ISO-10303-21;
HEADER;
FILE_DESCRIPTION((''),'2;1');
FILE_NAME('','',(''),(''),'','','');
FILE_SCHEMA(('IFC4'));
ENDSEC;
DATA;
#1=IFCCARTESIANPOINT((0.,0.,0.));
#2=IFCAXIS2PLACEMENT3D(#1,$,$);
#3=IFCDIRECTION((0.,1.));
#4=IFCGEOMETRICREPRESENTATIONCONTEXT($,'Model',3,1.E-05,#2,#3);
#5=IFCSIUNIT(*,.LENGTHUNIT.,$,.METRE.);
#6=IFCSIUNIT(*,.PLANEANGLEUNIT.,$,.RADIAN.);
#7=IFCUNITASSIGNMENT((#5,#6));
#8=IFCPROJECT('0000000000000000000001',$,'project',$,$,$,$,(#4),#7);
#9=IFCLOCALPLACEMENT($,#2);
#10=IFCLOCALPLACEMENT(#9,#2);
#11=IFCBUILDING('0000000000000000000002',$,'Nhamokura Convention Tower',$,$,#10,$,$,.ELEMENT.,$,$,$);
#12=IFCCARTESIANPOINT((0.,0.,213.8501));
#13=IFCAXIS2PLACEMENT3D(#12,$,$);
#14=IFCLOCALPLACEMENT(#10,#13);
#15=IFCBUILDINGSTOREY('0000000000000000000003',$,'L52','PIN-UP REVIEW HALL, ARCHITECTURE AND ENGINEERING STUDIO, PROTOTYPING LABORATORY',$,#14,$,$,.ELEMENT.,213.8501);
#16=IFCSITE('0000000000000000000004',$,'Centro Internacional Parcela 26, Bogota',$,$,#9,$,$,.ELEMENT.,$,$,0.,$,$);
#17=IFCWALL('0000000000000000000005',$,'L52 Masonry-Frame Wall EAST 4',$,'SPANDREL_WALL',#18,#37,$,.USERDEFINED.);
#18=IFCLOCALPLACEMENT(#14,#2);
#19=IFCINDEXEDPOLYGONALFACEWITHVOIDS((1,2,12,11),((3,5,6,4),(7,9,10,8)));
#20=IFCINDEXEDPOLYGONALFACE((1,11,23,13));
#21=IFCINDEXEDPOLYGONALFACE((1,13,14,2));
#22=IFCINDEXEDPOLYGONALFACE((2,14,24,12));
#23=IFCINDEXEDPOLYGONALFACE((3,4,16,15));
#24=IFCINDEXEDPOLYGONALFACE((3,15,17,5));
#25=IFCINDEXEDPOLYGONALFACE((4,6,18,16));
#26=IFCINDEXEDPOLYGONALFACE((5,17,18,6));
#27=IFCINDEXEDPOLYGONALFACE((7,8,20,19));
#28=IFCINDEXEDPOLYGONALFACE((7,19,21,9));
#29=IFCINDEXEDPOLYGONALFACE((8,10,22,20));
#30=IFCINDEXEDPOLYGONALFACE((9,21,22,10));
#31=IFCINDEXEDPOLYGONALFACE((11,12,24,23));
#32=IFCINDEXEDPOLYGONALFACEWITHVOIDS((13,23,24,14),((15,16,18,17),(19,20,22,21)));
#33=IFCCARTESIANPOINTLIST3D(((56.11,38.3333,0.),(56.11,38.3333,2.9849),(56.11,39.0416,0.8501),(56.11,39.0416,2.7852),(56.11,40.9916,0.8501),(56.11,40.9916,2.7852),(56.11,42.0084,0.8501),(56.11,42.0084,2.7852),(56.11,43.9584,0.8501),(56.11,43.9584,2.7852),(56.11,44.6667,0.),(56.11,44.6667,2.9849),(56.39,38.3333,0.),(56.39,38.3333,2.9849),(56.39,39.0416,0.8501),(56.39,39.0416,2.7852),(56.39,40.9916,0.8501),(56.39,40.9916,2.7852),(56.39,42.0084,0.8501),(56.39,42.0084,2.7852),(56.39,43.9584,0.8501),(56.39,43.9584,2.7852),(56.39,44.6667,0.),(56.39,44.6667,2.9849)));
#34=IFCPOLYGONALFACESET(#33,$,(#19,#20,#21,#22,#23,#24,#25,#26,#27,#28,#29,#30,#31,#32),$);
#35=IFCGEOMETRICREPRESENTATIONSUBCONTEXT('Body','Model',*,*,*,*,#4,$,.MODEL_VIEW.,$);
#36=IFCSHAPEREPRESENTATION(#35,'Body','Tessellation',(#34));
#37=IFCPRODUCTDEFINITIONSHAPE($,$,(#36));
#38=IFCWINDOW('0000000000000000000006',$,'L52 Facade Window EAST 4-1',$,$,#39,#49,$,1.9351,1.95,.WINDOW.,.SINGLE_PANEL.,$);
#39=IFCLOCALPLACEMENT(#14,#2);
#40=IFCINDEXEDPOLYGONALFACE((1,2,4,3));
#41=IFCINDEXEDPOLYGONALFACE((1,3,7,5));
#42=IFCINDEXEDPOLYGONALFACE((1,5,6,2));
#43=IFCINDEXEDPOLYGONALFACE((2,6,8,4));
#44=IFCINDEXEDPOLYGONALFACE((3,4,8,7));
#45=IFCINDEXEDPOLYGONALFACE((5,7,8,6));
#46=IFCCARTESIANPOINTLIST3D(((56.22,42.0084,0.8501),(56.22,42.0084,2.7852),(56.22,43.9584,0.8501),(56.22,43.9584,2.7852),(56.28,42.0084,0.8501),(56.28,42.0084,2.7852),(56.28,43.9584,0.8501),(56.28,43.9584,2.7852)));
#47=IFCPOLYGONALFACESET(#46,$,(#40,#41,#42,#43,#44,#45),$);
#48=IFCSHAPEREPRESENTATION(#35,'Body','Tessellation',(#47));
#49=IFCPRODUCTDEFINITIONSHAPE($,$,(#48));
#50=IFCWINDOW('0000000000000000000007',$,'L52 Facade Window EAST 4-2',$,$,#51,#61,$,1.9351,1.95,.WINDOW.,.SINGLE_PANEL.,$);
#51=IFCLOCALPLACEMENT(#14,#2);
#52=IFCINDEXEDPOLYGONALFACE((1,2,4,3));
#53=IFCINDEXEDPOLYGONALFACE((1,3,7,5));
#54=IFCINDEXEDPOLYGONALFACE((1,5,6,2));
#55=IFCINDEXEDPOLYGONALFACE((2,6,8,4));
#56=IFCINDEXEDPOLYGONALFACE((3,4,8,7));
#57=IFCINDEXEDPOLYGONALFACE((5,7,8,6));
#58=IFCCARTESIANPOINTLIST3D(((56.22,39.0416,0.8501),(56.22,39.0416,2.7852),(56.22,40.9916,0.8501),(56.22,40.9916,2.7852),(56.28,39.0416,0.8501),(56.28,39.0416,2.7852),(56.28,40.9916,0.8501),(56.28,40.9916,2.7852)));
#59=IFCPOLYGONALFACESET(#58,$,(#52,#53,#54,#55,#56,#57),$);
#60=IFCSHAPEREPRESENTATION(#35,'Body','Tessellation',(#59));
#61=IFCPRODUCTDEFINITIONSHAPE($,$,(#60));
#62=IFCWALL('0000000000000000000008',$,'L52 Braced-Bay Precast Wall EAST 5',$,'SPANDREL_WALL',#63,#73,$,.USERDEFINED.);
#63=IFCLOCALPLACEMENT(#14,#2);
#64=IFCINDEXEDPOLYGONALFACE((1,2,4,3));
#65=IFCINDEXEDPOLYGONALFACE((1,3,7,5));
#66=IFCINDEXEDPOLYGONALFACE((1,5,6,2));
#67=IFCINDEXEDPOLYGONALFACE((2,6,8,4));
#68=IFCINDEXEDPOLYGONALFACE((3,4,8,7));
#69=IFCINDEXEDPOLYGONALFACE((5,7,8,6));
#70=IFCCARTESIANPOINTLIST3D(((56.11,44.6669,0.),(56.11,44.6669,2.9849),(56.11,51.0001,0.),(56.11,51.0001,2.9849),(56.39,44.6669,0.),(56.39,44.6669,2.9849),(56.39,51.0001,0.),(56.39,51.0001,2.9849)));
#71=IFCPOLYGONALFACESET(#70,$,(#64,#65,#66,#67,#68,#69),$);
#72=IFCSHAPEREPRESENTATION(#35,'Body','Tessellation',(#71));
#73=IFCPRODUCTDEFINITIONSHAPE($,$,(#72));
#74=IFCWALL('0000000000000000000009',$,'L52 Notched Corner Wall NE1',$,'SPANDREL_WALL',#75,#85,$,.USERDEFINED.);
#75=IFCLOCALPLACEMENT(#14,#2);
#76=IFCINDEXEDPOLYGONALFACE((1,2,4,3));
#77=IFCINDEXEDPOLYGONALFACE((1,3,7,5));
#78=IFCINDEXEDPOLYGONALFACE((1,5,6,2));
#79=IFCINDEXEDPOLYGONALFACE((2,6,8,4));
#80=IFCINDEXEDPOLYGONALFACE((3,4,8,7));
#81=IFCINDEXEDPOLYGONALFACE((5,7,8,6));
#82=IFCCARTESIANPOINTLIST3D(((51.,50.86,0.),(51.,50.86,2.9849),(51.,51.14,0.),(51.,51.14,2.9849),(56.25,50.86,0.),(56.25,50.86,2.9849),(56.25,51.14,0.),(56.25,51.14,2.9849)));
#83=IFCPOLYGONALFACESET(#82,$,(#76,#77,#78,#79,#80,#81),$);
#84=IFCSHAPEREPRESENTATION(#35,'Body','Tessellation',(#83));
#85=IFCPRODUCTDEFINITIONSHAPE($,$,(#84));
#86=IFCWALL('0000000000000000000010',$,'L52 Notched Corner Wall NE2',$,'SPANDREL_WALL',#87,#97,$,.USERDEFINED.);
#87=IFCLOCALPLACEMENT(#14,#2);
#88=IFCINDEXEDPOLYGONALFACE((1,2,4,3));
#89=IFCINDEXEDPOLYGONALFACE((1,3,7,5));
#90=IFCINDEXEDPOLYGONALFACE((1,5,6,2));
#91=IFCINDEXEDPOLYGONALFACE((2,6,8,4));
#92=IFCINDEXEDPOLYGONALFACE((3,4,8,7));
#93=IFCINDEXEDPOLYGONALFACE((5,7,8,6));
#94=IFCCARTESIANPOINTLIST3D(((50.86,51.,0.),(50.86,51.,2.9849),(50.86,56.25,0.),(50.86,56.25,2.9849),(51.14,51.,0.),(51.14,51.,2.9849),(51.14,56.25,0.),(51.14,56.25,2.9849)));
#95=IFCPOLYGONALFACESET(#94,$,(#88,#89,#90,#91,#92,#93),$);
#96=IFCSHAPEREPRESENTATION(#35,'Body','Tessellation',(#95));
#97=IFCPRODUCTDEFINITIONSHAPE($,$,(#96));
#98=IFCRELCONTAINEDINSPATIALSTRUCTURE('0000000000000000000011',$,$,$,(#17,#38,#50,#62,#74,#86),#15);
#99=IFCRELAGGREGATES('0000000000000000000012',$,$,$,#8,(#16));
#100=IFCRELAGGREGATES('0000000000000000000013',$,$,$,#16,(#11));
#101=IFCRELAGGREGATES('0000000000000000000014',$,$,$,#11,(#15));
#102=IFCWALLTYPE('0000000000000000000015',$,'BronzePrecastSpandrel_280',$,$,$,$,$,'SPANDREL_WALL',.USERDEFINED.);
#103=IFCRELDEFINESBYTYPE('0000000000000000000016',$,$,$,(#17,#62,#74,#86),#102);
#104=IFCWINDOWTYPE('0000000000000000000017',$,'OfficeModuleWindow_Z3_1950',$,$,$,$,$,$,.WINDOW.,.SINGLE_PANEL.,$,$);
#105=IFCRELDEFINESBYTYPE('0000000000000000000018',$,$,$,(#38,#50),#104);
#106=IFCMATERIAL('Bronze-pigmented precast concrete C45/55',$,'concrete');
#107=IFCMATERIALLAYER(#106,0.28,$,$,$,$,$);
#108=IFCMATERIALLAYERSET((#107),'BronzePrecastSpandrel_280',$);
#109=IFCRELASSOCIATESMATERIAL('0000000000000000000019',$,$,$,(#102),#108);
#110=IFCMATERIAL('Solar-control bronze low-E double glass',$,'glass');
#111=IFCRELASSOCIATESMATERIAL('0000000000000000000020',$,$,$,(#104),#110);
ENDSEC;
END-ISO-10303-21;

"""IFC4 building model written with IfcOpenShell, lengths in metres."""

from ifc_helpers import new_model, si_unit, direction, frame, frame_2d, origin, place, context, subcontext, project, spatial, rectangle, extrude, material, layer, layer_set, type_object, element, fill, save


model = new_model("IFC4")

# Units and contexts
model_context = context("Model", 3, precision=1e-05, world=origin(), true_north=direction((0.0, 1.0)))
body_context = subcontext(model_context, "Body", "Model", "MODEL_VIEW")
ifc_project = project(units=[si_unit("LENGTHUNIT", "METRE"), si_unit("PLANEANGLEUNIT", "RADIAN")], contexts=[model_context])

# Site, building, storey
site_placement = place(None, origin())
site = spatial("IfcSite", under=ifc_project, at=site_placement, Name="Centro Internacional Parcela 26, Bogota", CompositionType="ELEMENT", RefElevation=0.0)
building_placement = place(site_placement, origin())
building = spatial("IfcBuilding", under=site, at=building_placement, Name="Nhamokura Convention Tower", CompositionType="ELEMENT")
storey_placement = place(building_placement, frame((0.0, 0.0, 213.8501)))
storey = spatial("IfcBuildingStorey", under=building, at=storey_placement, Name="L52", Description="PIN-UP REVIEW HALL, ARCHITECTURE AND ENGINEERING STUDIO, PROTOTYPING LABORATORY", CompositionType="ELEMENT", Elevation=213.8501)

# Shared definitions
ifc_material_1 = material(Name="Bronze-pigmented precast concrete C45/55", Category="concrete")
ifc_layer = layer(ifc_material_1, 0.28)
ifc_layer_set = layer_set([ifc_layer], Name="BronzePrecastSpandrel_280")
wall_type = type_object("IfcWallType", Name="BronzePrecastSpandrel_280", ElementType="SPANDREL_WALL", PredefinedType="USERDEFINED", material=ifc_layer_set)

# Wall, openings, windows
wall_1_placement = place(storey_placement, frame((56.25, 44.6667, 0.0), z_axis=(0.0, 0.0, 1.0), x_axis=(0.0, -1.0, 0.0)))
wall_1 = element("IfcWall", 1, at=wall_1_placement, inside=storey, type_object=wall_type, Name="L52 Masonry-Frame Wall EAST 4", ObjectType="SPANDREL_WALL", PredefinedType="USERDEFINED", context=body_context, shape_type="SweptSolid", body=[
    extrude(rectangle(XDim=6.3335, YDim=0.28, at=frame_2d((3.1667, 0.0))), origin(), (0.0, 0.0, 1.0), 2.9849),
])
opening_1_placement = place(wall_1_placement, frame((0.7083, 0.0, 0.8501)))
opening_1 = element("IfcOpeningElement", 2, at=opening_1_placement, cuts=wall_1, PredefinedType="OPENING", context=body_context, shape_type="SweptSolid", body=[
    extrude(rectangle(XDim=1.95, YDim=1.9351, at=frame_2d((0.9751, 0.9675))), frame((0.0, 0.1499, 0.0), z_axis=(0.0, -1.0, 0.0), x_axis=(1.0, 0.0, 0.0)), (0.0, 0.0, 1.0), 0.3),
])
opening_2_placement = place(wall_1_placement, frame((3.675, 0.0, 0.8501)))
opening_2 = element("IfcOpeningElement", 3, at=opening_2_placement, cuts=wall_1, PredefinedType="OPENING", context=body_context, shape_type="SweptSolid", body=[
    extrude(rectangle(XDim=1.95, YDim=1.9351, at=frame_2d((0.9751, 0.9675))), frame((0.0, 0.1499, 0.0), z_axis=(0.0, -1.0, 0.0), x_axis=(1.0, 0.0, 0.0)), (0.0, 0.0, 1.0), 0.3),
])
ifc_material_2 = material(Name="Solar-control bronze low-E double glass", Category="glass")
window_type_1 = type_object("IfcWindowType", Name="OfficeModuleWindow_Z3_1950", PartitioningType="SINGLE_PANEL", PredefinedType="WINDOW", material=ifc_material_2)
window_1_placement = place(opening_1_placement, origin())
window_1 = element("IfcWindow", 4, at=window_1_placement, inside=storey, type_object=window_type_1, Name="L52 Facade Window EAST 4-1", OverallHeight=1.9351, OverallWidth=1.95, PartitioningType="SINGLE_PANEL", PredefinedType="WINDOW", context=body_context, shape_type="SweptSolid", body=[
    extrude(rectangle(XDim=1.95, YDim=1.9351, at=frame_2d((0.9751, 0.9675))), frame((0.0, 0.03, 0.0), z_axis=(0.0, -1.0, 0.0), x_axis=(1.0, 0.0, 0.0)), (0.0, 0.0, 1.0), 0.0601),
])
fill(opening_1, window_1)
window_2_placement = place(opening_2_placement, origin())
window_2 = element("IfcWindow", 5, at=window_2_placement, inside=storey, type_object=window_type_1, Name="L52 Facade Window EAST 4-2", OverallHeight=1.9351, OverallWidth=1.95, PartitioningType="SINGLE_PANEL", PredefinedType="WINDOW", context=body_context, shape_type="SweptSolid", body=[
    extrude(rectangle(XDim=1.95, YDim=1.9351, at=frame_2d((0.9751, 0.9675))), frame((0.0, 0.03, 0.0), z_axis=(0.0, -1.0, 0.0), x_axis=(1.0, 0.0, 0.0)), (0.0, 0.0, 1.0), 0.0601),
])
fill(opening_2, window_2)

# Walls
wall_2_placement = place(storey_placement, frame((56.25, 51.0, 0.0), z_axis=(0.0, 0.0, 1.0), x_axis=(0.0, -1.0, 0.0)))
element("IfcWall", 6, at=wall_2_placement, inside=storey, type_object=wall_type, Name="L52 Braced-Bay Precast Wall EAST 5", ObjectType="SPANDREL_WALL", PredefinedType="USERDEFINED", context=body_context, shape_type="SweptSolid", body=[
    extrude(rectangle(XDim=6.3333, YDim=0.28, at=frame_2d((3.1665, 0.0))), origin(), (0.0, 0.0, 1.0), 2.9849),
])
for number, where, z_axis, x_axis, name in (
    (7, (51.0, 51.0, 0.0), (0.0, 0.0, 1.0), (1.0, 0.0, 0.0), "L52 Notched Corner Wall NE1"),
    (8, (51.0, 56.25, 0.0), (0.0, 0.0, 1.0), (0.0, -1.0, 0.0), "L52 Notched Corner Wall NE2"),
):
    element("IfcWall", number, at=place(storey_placement, frame(where, z_axis=z_axis, x_axis=x_axis)), inside=storey, type_object=wall_type, Name=name, ObjectType="SPANDREL_WALL", PredefinedType="USERDEFINED", context=body_context, shape_type="SweptSolid", body=[
        extrude(rectangle(XDim=5.25, YDim=0.28, at=frame_2d((2.625, 0.0))), origin(), (0.0, 0.0, 1.0), 2.9849),
    ])

save(model, "model.ifc")
